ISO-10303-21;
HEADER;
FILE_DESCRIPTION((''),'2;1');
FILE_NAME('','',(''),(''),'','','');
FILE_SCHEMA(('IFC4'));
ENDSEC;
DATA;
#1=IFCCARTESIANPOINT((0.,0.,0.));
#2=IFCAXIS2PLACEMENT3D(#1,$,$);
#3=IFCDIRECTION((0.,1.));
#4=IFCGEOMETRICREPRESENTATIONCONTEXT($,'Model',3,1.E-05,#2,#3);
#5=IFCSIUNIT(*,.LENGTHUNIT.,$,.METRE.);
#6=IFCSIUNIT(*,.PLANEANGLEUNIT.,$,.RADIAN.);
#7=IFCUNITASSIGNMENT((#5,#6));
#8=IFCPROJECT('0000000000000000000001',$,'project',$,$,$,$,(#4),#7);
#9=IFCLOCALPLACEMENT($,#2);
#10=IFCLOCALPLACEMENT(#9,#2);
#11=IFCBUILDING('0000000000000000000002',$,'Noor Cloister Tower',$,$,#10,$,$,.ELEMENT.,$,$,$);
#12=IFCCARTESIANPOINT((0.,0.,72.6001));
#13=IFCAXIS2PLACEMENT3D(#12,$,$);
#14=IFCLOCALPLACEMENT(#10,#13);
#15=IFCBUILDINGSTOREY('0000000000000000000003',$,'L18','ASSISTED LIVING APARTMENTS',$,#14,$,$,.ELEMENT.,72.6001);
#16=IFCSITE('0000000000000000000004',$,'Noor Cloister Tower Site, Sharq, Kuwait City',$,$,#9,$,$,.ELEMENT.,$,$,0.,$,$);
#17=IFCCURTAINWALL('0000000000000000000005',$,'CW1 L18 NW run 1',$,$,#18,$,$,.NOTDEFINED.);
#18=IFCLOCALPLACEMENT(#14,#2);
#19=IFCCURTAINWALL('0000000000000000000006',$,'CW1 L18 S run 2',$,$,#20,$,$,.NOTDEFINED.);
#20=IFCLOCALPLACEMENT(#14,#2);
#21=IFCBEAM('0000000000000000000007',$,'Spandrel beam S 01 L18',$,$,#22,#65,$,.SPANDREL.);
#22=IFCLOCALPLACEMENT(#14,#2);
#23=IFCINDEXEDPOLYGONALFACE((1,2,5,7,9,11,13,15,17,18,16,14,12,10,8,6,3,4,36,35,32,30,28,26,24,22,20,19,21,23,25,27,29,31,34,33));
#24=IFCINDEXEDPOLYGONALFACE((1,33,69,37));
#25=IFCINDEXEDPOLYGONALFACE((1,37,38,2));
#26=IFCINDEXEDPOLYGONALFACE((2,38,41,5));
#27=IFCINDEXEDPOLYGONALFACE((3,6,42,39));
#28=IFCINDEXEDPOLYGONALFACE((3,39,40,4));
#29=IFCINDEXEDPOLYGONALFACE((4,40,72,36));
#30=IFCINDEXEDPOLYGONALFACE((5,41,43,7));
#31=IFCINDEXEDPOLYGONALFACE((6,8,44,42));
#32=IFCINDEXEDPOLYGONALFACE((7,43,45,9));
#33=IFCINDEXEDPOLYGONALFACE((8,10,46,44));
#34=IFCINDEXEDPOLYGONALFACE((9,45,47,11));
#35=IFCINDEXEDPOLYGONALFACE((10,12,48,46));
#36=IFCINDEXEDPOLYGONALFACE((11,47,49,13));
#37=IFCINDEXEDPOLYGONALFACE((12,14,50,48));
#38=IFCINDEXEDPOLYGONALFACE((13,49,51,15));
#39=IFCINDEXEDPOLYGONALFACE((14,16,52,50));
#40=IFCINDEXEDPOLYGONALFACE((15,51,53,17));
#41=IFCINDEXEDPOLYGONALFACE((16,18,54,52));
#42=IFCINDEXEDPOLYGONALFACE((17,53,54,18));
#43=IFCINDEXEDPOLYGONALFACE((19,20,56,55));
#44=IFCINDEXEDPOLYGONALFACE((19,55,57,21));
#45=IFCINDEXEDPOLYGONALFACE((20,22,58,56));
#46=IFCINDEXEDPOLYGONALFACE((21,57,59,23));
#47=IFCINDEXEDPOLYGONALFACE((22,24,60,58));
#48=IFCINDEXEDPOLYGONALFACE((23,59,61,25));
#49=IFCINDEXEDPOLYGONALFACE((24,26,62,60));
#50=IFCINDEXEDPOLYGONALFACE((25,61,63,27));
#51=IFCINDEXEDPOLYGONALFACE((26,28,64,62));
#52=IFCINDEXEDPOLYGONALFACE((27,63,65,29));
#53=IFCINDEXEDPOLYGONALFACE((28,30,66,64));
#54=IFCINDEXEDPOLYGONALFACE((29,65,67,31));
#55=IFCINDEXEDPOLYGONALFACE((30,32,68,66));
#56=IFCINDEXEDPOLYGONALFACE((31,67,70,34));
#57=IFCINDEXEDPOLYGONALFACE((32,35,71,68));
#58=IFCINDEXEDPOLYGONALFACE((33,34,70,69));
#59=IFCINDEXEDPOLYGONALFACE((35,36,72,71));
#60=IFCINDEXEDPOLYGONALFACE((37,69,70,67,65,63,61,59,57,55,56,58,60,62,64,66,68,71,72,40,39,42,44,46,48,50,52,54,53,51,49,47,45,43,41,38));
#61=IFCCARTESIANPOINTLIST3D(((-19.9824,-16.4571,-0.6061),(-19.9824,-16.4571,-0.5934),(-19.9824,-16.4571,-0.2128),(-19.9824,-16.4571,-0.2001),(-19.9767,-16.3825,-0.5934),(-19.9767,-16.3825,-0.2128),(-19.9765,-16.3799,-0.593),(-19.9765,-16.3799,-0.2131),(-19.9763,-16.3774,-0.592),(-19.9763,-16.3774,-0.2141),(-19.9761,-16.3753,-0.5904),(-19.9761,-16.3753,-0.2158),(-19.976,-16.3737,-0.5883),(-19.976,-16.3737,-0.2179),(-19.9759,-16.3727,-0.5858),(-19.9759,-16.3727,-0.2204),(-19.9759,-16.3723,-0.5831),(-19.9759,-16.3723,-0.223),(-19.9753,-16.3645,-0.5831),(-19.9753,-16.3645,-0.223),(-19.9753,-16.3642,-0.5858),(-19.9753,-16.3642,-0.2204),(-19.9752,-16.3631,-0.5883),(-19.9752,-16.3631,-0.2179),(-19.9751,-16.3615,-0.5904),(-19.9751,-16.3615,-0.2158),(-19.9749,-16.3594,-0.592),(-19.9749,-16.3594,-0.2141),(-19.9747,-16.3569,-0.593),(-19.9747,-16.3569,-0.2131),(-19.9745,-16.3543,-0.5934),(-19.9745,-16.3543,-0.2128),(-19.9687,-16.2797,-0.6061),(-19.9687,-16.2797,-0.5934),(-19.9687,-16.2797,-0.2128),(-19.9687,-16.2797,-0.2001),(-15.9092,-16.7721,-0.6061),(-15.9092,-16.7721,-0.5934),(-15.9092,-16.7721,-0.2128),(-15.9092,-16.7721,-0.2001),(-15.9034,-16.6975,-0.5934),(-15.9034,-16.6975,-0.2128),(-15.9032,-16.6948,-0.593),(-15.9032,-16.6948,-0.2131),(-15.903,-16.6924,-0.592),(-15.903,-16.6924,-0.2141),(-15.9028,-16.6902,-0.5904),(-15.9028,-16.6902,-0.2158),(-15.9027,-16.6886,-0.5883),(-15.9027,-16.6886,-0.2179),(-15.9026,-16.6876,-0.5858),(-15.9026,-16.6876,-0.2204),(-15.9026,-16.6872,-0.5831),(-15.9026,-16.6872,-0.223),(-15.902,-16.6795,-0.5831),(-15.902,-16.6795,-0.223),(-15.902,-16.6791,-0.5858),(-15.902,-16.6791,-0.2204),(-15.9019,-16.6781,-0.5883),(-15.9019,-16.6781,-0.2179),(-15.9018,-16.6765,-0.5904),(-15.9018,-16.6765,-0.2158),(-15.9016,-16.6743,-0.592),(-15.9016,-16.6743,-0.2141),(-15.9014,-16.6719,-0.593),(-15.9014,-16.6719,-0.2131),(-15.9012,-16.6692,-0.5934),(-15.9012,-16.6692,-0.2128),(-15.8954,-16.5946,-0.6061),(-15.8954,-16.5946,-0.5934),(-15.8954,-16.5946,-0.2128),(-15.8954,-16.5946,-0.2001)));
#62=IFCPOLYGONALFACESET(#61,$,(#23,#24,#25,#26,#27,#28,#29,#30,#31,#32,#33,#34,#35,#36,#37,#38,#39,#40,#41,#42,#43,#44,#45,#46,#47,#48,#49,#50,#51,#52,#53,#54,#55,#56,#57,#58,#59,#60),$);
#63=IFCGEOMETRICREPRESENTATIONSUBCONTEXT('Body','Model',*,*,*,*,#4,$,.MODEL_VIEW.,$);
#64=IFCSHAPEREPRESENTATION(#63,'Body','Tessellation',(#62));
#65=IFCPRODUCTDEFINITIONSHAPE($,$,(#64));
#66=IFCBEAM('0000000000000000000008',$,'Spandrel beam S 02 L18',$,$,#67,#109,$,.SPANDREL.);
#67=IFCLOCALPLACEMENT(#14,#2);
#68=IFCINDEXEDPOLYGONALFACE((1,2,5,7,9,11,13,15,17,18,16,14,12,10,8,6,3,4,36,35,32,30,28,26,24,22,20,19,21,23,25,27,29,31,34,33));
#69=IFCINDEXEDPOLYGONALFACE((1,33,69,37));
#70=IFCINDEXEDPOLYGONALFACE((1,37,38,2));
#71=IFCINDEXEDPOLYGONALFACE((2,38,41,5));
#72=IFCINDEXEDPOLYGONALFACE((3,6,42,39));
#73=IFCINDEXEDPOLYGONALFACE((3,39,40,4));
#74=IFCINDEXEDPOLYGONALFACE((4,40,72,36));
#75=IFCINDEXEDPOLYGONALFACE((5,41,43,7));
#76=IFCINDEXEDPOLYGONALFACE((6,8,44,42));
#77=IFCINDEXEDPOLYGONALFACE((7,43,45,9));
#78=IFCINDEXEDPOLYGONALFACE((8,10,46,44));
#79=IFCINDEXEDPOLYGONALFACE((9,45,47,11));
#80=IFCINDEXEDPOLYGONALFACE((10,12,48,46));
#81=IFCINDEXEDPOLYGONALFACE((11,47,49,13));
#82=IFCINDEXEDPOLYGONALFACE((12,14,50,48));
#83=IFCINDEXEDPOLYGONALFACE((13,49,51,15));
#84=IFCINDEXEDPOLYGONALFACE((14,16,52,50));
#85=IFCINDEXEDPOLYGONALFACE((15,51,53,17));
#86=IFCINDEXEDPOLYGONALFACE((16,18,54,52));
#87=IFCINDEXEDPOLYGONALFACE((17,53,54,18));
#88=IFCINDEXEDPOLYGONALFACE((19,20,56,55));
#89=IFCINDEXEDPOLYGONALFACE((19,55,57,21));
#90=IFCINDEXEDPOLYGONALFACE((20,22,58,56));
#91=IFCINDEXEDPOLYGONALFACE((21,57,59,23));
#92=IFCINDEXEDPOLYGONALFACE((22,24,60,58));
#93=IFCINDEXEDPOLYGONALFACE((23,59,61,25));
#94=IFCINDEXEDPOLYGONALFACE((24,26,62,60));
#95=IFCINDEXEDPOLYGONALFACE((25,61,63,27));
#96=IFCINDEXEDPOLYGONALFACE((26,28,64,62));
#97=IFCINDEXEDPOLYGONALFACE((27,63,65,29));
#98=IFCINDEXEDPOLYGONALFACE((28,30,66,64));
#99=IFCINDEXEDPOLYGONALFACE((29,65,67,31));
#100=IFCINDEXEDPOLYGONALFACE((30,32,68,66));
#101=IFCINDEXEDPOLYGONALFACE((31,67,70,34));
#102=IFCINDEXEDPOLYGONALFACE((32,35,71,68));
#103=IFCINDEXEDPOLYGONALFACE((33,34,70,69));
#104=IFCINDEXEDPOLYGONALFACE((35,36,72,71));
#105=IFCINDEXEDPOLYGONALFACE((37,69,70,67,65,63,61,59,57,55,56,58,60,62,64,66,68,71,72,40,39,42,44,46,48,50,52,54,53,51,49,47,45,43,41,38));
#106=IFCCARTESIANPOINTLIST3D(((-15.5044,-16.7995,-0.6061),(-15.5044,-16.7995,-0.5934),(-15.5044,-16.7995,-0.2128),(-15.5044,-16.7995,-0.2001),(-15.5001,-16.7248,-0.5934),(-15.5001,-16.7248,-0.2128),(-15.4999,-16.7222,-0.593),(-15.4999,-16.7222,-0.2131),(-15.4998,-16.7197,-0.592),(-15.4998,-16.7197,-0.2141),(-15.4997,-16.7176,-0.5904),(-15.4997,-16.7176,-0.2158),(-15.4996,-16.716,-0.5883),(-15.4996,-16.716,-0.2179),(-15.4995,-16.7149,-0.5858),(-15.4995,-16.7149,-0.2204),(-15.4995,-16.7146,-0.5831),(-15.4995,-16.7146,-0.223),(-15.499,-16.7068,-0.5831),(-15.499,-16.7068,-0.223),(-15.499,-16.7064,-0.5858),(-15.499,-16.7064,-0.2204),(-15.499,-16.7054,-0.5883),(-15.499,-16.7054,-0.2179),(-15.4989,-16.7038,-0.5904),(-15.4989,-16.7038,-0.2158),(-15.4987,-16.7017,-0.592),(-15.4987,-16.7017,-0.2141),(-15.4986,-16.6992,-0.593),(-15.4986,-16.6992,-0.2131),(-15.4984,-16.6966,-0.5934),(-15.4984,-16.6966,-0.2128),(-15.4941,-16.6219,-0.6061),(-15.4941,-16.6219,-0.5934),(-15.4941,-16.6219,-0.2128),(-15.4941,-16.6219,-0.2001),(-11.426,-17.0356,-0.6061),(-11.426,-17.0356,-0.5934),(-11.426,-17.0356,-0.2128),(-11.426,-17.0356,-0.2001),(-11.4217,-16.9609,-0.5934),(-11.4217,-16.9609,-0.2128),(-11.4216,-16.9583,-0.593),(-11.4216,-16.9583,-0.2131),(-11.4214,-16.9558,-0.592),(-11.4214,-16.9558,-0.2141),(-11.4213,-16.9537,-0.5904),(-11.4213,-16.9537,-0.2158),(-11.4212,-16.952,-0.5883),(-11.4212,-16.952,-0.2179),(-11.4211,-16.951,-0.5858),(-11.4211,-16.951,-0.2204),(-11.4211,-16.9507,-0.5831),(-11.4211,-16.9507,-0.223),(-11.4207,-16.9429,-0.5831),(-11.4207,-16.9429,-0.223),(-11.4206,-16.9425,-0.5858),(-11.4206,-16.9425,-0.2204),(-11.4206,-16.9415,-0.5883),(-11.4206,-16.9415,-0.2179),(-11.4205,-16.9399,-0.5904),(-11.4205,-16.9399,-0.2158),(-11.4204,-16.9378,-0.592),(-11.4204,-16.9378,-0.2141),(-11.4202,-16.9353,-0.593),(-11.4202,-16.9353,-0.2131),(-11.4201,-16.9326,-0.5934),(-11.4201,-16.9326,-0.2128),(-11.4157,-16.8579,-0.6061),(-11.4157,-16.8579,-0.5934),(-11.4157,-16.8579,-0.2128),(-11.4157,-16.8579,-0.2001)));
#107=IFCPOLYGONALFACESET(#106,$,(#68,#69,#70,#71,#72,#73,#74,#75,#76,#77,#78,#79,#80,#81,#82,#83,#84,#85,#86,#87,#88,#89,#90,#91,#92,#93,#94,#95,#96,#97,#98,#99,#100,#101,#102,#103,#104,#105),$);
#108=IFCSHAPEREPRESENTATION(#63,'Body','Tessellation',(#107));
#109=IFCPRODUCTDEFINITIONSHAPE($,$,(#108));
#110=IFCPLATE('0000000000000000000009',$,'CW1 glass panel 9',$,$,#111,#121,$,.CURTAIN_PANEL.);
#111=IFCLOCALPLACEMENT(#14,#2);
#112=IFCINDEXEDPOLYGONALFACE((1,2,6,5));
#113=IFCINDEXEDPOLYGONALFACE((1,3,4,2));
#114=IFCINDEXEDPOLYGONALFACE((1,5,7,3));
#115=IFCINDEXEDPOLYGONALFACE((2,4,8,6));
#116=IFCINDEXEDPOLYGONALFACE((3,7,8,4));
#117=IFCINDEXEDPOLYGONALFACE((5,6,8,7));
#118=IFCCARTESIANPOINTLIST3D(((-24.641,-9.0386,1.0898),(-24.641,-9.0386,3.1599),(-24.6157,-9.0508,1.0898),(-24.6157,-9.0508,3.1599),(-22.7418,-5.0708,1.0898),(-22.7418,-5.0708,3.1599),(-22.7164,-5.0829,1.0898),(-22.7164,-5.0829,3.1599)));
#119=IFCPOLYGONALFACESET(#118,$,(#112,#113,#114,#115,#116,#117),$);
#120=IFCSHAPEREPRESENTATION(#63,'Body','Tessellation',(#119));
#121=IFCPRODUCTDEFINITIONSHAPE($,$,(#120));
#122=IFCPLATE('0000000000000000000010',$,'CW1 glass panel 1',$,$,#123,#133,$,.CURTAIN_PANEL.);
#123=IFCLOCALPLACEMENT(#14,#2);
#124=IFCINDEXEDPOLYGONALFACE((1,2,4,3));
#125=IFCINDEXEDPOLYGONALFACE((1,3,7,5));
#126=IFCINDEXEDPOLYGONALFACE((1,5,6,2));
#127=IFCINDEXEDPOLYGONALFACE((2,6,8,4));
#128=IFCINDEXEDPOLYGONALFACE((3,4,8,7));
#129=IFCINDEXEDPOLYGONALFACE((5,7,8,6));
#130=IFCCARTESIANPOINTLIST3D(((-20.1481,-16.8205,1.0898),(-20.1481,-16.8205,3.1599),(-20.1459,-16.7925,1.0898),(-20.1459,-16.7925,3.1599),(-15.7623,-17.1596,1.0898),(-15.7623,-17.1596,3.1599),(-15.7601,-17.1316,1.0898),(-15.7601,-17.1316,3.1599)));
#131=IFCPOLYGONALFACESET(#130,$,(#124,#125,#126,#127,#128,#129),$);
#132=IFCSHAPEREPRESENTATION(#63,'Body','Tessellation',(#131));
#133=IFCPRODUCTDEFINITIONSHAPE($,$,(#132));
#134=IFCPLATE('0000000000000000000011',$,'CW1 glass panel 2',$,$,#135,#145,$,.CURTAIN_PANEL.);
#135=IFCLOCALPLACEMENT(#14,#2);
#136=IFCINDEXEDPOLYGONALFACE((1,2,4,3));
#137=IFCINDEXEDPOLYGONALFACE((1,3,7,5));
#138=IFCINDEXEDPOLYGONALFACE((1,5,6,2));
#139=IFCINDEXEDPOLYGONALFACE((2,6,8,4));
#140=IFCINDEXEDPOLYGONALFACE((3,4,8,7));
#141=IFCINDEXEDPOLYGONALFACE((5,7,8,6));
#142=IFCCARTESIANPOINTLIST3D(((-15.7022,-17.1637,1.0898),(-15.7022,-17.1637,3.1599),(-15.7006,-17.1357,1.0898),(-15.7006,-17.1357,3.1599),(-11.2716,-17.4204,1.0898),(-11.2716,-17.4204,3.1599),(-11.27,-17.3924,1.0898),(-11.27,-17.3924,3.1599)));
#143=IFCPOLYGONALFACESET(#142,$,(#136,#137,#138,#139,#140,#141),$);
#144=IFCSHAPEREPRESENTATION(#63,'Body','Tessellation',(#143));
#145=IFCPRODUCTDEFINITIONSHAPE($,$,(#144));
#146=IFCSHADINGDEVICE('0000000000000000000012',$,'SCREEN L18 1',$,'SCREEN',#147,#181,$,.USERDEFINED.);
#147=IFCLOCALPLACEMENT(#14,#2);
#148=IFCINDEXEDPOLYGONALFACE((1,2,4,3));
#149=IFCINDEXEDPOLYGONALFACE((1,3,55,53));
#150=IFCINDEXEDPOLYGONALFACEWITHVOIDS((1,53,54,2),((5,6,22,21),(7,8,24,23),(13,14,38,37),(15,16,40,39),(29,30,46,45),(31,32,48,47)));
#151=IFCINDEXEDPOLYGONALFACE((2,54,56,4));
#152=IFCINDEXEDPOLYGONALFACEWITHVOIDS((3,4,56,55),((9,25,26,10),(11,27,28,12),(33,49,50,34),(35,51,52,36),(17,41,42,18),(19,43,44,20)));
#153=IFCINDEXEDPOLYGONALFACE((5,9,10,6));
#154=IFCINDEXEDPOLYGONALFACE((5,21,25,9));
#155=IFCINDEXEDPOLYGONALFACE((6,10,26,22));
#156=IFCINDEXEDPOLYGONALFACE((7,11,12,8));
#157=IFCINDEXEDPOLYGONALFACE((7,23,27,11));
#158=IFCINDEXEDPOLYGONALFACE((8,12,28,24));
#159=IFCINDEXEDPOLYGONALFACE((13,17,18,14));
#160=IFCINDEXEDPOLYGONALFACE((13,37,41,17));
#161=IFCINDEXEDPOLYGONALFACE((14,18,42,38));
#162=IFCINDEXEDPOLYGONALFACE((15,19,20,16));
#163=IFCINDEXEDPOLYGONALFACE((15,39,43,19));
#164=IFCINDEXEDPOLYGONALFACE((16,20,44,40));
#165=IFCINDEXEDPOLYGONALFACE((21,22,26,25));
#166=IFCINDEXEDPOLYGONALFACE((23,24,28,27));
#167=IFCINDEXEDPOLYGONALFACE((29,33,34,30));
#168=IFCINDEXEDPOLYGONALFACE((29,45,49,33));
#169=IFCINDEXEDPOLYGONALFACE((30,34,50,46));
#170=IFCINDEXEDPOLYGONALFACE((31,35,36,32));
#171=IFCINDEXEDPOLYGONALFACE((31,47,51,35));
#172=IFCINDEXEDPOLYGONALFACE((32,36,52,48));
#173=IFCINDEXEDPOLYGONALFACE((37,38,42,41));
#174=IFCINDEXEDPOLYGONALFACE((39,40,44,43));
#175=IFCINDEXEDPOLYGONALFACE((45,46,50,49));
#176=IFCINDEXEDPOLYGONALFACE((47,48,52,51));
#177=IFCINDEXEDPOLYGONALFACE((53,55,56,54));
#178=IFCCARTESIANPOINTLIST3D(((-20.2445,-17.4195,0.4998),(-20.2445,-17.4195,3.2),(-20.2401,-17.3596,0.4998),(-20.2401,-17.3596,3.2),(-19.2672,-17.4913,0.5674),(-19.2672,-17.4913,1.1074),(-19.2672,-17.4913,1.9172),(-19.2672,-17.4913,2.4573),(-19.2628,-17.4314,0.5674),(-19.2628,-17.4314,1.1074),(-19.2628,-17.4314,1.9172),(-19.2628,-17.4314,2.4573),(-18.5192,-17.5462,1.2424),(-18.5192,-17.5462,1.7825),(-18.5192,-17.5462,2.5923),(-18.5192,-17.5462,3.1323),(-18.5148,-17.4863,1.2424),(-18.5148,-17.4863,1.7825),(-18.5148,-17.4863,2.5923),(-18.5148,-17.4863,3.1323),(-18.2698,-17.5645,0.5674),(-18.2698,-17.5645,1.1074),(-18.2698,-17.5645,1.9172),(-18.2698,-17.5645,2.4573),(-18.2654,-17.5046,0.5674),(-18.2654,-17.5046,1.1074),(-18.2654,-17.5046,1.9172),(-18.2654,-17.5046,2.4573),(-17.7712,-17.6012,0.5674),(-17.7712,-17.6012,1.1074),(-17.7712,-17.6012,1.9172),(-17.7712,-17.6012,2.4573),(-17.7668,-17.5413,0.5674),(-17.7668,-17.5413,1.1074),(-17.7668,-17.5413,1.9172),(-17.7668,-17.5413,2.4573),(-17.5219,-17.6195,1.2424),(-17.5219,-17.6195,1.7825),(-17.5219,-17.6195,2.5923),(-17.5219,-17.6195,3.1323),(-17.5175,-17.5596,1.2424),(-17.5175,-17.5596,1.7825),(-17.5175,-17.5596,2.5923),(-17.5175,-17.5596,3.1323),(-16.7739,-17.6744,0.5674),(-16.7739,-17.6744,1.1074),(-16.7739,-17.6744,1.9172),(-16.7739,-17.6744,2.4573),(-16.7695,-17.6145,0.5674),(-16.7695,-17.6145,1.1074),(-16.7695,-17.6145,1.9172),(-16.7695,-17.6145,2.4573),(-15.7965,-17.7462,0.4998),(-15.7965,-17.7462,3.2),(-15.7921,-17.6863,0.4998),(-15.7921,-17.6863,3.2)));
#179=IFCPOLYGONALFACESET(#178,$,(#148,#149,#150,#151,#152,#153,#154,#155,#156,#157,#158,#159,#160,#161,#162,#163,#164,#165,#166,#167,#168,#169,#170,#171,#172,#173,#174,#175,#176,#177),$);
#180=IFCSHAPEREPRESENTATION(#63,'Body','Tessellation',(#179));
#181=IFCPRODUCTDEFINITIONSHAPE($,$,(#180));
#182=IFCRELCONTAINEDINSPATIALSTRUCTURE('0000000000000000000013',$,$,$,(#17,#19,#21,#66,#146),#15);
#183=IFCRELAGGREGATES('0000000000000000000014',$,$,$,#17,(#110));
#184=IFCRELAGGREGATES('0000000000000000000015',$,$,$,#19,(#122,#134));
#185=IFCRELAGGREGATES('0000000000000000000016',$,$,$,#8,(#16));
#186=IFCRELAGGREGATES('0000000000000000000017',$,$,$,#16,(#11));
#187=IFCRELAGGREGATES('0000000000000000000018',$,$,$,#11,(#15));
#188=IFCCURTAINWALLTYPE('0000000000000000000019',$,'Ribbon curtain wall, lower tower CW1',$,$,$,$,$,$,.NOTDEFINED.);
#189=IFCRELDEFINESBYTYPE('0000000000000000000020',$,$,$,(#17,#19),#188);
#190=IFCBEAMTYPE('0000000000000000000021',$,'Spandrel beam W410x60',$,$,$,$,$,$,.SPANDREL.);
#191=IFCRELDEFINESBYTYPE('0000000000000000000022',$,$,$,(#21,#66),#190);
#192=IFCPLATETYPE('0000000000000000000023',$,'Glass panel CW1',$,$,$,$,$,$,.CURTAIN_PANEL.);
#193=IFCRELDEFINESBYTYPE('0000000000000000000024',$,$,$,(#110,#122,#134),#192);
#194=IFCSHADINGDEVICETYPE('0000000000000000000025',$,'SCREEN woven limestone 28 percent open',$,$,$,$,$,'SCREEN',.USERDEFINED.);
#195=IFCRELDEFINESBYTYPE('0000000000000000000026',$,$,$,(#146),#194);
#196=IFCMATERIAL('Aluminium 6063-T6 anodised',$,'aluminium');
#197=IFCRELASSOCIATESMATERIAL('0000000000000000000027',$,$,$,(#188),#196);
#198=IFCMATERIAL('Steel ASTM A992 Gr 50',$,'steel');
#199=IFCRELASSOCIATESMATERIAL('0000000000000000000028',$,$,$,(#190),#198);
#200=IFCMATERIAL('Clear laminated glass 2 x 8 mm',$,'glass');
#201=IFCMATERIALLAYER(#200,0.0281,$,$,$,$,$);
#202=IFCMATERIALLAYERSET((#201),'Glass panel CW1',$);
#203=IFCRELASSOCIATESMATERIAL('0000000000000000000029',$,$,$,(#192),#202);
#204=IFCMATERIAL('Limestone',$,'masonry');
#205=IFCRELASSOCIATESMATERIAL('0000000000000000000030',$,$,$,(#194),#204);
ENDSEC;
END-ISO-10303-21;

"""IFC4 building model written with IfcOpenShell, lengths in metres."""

from ifc_helpers import new_model, si_unit, direction, frame, origin, origin_2d, place, context, subcontext, project, spatial, polyline, rectangle, i_section, outline, extrude, material, layer, layer_set, material_profile, profile_set, type_object, element, aggregate, save


model = new_model("IFC4")

# Units and contexts
model_context = context("Model", 3, precision=1e-05, world=origin(), true_north=direction((0.0, 1.0)))
body_context = subcontext(model_context, "Body", "Model", "MODEL_VIEW")
ifc_project = project(units=[si_unit("LENGTHUNIT", "METRE"), si_unit("PLANEANGLEUNIT", "RADIAN")], contexts=[model_context])

# Site, building, storey
site_placement = place(None, origin())
site = spatial("IfcSite", under=ifc_project, at=site_placement, Name="Noor Cloister Tower Site, Sharq, Kuwait City", CompositionType="ELEMENT", RefElevation=0.0)
building_placement = place(site_placement, origin())
building = spatial("IfcBuilding", under=site, at=building_placement, Name="Noor Cloister Tower", CompositionType="ELEMENT")
storey_placement = place(building_placement, frame((0.0, 0.0, 72.6001)))
storey = spatial("IfcBuildingStorey", under=building, at=storey_placement, Name="L18", Description="ASSISTED LIVING APARTMENTS", CompositionType="ELEMENT", Elevation=72.6001)

# Curtain wall
ifc_material_1 = material(Name="Aluminium 6063-T6 anodised", Category="aluminium")
curtain_wall_type = type_object("IfcCurtainWallType", Name="Ribbon curtain wall, lower tower CW1", PredefinedType="NOTDEFINED", material=ifc_material_1)
curtain_wall_1_placement = place(storey_placement, origin())
curtain_wall_1 = element("IfcCurtainWall", 1, at=curtain_wall_1_placement, inside=storey, type_object=curtain_wall_type, Name="CW1 L18 NW run 1", PredefinedType="NOTDEFINED")

# Curtain wall
curtain_wall_2_placement = place(storey_placement, origin())
curtain_wall_2 = element("IfcCurtainWall", 2, at=curtain_wall_2_placement, inside=storey, type_object=curtain_wall_type, Name="CW1 L18 S run 2", PredefinedType="NOTDEFINED")

# Beams
ifc_material_2 = material(Name="Steel ASTM A992 Gr 50", Category="steel")
ifc_material_profile_1 = material_profile(ifc_material_2, i_section(OverallWidth=0.178, OverallDepth=0.406, WebThickness=0.0078, FlangeThickness=0.0127, FilletRadius=0.0103, at=origin_2d()), Name="W410x60")
ifc_profile_set_1 = profile_set([ifc_material_profile_1], Name="Steel ASTM A992 Gr 50")
beam_type_1 = type_object("IfcBeamType", Name="Spandrel beam W410x60", PredefinedType="SPANDREL", material=ifc_profile_set_1)
beam_1_placement = place(storey_placement, frame((-19.9756, -16.3684, -0.4031), z_axis=(0.997024, -0.077089, 0.0), x_axis=(0.077089, 0.997024, 0.0)))
element("IfcBeam", 3, at=beam_1_placement, inside=storey, type_object=beam_type_1, Name="Spandrel beam S 01 L18", PredefinedType="SPANDREL", context=body_context, shape_type="SweptSolid", body=[
    extrude(i_section(OverallWidth=0.178, OverallDepth=0.406, WebThickness=0.0078, FlangeThickness=0.0127, FilletRadius=0.0103, at=origin_2d()), origin(), (0.0, 0.0, 1.0), 4.0854),
])
beam_2_placement = place(storey_placement, frame((-15.4993, -16.7107, -0.4031), z_axis=(0.998329, -0.05779, 0.0), x_axis=(0.05779, 0.998329, 0.0)))
element("IfcBeam", 4, at=beam_2_placement, inside=storey, type_object=beam_type_1, Name="Spandrel beam S 02 L18", PredefinedType="SPANDREL", context=body_context, shape_type="SweptSolid", body=[
    extrude(i_section(OverallWidth=0.178, OverallDepth=0.406, WebThickness=0.0078, FlangeThickness=0.0127, FilletRadius=0.0103, at=origin_2d()), origin(), (0.0, 0.0, 1.0), 4.0852),
])

# Plates
ifc_material_3 = material(Name="Clear laminated glass 2 x 8 mm", Category="glass")
ifc_layer = layer(ifc_material_3, 0.0281)
ifc_layer_set = layer_set([ifc_layer], Name="Glass panel CW1")
plate_type = type_object("IfcPlateType", Name="Glass panel CW1", PredefinedType="CURTAIN_PANEL", material=ifc_layer_set)
plate_1_placement = place(storey_placement, frame((-23.6787, -7.0608, 1.0898), z_axis=(0.0, 0.0, 1.0), x_axis=(-0.431748, -0.901994, 0.0)))
plate_1 = element("IfcPlate", 5, at=plate_1_placement, type_object=plate_type, Name="CW1 glass panel 9", PredefinedType="CURTAIN_PANEL", context=body_context, shape_type="SweptSolid", body=[
    extrude(rectangle(XDim=4.3989, YDim=0.0281, at=origin_2d()), origin(), (0.0, 0.0, 1.0), 2.0701),
])
aggregate(curtain_wall_1, [plate_1])
plate_2_placement = place(storey_placement, frame((-17.9541, -16.9761, 1.0898), z_axis=(0.0, 0.0, 1.0), x_axis=(0.997024, -0.077093, 0.0)))
plate_2 = element("IfcPlate", 6, at=plate_2_placement, type_object=plate_type, Name="CW1 glass panel 1", PredefinedType="CURTAIN_PANEL", context=body_context, shape_type="SweptSolid", body=[
    extrude(rectangle(XDim=4.3989, YDim=0.0281, at=origin_2d()), origin(), (0.0, 0.0, 1.0), 2.0701),
])
plate_3_placement = place(storey_placement, frame((-13.4861, -17.2781, 1.0898), z_axis=(0.0, 0.0, 1.0), x_axis=(0.998326, -0.057845, 0.0)))
plate_3 = element("IfcPlate", 7, at=plate_3_placement, type_object=plate_type, Name="CW1 glass panel 2", PredefinedType="CURTAIN_PANEL", context=body_context, shape_type="SweptSolid", body=[
    extrude(rectangle(XDim=4.438, YDim=0.0281, at=origin_2d()), origin(), (0.0, 0.0, 1.0), 2.0701),
])
aggregate(curtain_wall_2, [plate_2, plate_3])

# Shading device
ifc_material_4 = material(Name="Limestone", Category="masonry")
ifc_material_profile_2 = material_profile(ifc_material_4, outline(polyline([(-2.23, -1.3501), (2.23, -1.3501), (2.23, 1.3501), (-2.23, 1.3501), (-2.23, -1.3501)]), holes=[polyline([(-1.25, -1.2825), (-0.25, -1.2825), (-0.25, -0.7424), (-1.25, -0.7424), (-1.25, -1.2825)]), polyline([(0.25, -1.2825), (1.25, -1.2825), (1.25, -0.7424), (0.25, -0.7424), (0.25, -1.2825)]), polyline([(-0.5, -0.6074), (0.5, -0.6074), (0.5, -0.0674), (-0.5, -0.0674), (-0.5, -0.6074)]), polyline([(-1.25, 0.0674), (-0.25, 0.0674), (-0.25, 0.6074), (-1.25, 0.6074), (-1.25, 0.0674)]), polyline([(0.25, 0.0674), (1.25, 0.0674), (1.25, 0.6074), (0.25, 0.6074), (0.25, 0.0674)]), polyline([(-0.5, 0.7424), (0.5, 0.7424), (0.5, 1.2825), (-0.5, 1.2825), (-0.5, 0.7424)])]), Name="Woven screen 28 percent open")
ifc_profile_set_2 = profile_set([ifc_material_profile_2], Name="Limestone")
shading_device_type = type_object("IfcShadingDeviceType", Name="SCREEN woven limestone 28 percent open", ElementType="SCREEN", PredefinedType="USERDEFINED", material=ifc_profile_set_2)
shading_device_1_placement = place(storey_placement, frame((-18.0161, -17.5229, 1.8499), z_axis=(-0.073272, -0.997312, 0.0), x_axis=(0.997312, -0.073272, 0.0)))
element("IfcShadingDevice", 8, at=shading_device_1_placement, inside=storey, type_object=shading_device_type, Name="SCREEN L18 1", ObjectType="SCREEN", PredefinedType="USERDEFINED", context=body_context, shape_type="SweptSolid", body=[
    extrude(outline(polyline([(-2.23, -1.3501), (2.23, -1.3501), (2.23, 1.3501), (-2.23, 1.3501), (-2.23, -1.3501)]), holes=[polyline([(-1.25, -1.2825), (-0.25, -1.2825), (-0.25, -0.7424), (-1.25, -0.7424), (-1.25, -1.2825)]), polyline([(0.25, -1.2825), (1.25, -1.2825), (1.25, -0.7424), (0.25, -0.7424), (0.25, -1.2825)]), polyline([(-0.5, -0.6074), (0.5, -0.6074), (0.5, -0.0674), (-0.5, -0.0674), (-0.5, -0.6074)]), polyline([(-1.25, 0.0674), (-0.25, 0.0674), (-0.25, 0.6074), (-1.25, 0.6074), (-1.25, 0.0674)]), polyline([(0.25, 0.0674), (1.25, 0.0674), (1.25, 0.6074), (0.25, 0.6074), (0.25, 0.0674)]), polyline([(-0.5, 0.7424), (0.5, 0.7424), (0.5, 1.2825), (-0.5, 1.2825), (-0.5, 0.7424)])]), origin(), (0.0, 0.0, 1.0), 0.0601),
])

save(model, "model.ifc")
